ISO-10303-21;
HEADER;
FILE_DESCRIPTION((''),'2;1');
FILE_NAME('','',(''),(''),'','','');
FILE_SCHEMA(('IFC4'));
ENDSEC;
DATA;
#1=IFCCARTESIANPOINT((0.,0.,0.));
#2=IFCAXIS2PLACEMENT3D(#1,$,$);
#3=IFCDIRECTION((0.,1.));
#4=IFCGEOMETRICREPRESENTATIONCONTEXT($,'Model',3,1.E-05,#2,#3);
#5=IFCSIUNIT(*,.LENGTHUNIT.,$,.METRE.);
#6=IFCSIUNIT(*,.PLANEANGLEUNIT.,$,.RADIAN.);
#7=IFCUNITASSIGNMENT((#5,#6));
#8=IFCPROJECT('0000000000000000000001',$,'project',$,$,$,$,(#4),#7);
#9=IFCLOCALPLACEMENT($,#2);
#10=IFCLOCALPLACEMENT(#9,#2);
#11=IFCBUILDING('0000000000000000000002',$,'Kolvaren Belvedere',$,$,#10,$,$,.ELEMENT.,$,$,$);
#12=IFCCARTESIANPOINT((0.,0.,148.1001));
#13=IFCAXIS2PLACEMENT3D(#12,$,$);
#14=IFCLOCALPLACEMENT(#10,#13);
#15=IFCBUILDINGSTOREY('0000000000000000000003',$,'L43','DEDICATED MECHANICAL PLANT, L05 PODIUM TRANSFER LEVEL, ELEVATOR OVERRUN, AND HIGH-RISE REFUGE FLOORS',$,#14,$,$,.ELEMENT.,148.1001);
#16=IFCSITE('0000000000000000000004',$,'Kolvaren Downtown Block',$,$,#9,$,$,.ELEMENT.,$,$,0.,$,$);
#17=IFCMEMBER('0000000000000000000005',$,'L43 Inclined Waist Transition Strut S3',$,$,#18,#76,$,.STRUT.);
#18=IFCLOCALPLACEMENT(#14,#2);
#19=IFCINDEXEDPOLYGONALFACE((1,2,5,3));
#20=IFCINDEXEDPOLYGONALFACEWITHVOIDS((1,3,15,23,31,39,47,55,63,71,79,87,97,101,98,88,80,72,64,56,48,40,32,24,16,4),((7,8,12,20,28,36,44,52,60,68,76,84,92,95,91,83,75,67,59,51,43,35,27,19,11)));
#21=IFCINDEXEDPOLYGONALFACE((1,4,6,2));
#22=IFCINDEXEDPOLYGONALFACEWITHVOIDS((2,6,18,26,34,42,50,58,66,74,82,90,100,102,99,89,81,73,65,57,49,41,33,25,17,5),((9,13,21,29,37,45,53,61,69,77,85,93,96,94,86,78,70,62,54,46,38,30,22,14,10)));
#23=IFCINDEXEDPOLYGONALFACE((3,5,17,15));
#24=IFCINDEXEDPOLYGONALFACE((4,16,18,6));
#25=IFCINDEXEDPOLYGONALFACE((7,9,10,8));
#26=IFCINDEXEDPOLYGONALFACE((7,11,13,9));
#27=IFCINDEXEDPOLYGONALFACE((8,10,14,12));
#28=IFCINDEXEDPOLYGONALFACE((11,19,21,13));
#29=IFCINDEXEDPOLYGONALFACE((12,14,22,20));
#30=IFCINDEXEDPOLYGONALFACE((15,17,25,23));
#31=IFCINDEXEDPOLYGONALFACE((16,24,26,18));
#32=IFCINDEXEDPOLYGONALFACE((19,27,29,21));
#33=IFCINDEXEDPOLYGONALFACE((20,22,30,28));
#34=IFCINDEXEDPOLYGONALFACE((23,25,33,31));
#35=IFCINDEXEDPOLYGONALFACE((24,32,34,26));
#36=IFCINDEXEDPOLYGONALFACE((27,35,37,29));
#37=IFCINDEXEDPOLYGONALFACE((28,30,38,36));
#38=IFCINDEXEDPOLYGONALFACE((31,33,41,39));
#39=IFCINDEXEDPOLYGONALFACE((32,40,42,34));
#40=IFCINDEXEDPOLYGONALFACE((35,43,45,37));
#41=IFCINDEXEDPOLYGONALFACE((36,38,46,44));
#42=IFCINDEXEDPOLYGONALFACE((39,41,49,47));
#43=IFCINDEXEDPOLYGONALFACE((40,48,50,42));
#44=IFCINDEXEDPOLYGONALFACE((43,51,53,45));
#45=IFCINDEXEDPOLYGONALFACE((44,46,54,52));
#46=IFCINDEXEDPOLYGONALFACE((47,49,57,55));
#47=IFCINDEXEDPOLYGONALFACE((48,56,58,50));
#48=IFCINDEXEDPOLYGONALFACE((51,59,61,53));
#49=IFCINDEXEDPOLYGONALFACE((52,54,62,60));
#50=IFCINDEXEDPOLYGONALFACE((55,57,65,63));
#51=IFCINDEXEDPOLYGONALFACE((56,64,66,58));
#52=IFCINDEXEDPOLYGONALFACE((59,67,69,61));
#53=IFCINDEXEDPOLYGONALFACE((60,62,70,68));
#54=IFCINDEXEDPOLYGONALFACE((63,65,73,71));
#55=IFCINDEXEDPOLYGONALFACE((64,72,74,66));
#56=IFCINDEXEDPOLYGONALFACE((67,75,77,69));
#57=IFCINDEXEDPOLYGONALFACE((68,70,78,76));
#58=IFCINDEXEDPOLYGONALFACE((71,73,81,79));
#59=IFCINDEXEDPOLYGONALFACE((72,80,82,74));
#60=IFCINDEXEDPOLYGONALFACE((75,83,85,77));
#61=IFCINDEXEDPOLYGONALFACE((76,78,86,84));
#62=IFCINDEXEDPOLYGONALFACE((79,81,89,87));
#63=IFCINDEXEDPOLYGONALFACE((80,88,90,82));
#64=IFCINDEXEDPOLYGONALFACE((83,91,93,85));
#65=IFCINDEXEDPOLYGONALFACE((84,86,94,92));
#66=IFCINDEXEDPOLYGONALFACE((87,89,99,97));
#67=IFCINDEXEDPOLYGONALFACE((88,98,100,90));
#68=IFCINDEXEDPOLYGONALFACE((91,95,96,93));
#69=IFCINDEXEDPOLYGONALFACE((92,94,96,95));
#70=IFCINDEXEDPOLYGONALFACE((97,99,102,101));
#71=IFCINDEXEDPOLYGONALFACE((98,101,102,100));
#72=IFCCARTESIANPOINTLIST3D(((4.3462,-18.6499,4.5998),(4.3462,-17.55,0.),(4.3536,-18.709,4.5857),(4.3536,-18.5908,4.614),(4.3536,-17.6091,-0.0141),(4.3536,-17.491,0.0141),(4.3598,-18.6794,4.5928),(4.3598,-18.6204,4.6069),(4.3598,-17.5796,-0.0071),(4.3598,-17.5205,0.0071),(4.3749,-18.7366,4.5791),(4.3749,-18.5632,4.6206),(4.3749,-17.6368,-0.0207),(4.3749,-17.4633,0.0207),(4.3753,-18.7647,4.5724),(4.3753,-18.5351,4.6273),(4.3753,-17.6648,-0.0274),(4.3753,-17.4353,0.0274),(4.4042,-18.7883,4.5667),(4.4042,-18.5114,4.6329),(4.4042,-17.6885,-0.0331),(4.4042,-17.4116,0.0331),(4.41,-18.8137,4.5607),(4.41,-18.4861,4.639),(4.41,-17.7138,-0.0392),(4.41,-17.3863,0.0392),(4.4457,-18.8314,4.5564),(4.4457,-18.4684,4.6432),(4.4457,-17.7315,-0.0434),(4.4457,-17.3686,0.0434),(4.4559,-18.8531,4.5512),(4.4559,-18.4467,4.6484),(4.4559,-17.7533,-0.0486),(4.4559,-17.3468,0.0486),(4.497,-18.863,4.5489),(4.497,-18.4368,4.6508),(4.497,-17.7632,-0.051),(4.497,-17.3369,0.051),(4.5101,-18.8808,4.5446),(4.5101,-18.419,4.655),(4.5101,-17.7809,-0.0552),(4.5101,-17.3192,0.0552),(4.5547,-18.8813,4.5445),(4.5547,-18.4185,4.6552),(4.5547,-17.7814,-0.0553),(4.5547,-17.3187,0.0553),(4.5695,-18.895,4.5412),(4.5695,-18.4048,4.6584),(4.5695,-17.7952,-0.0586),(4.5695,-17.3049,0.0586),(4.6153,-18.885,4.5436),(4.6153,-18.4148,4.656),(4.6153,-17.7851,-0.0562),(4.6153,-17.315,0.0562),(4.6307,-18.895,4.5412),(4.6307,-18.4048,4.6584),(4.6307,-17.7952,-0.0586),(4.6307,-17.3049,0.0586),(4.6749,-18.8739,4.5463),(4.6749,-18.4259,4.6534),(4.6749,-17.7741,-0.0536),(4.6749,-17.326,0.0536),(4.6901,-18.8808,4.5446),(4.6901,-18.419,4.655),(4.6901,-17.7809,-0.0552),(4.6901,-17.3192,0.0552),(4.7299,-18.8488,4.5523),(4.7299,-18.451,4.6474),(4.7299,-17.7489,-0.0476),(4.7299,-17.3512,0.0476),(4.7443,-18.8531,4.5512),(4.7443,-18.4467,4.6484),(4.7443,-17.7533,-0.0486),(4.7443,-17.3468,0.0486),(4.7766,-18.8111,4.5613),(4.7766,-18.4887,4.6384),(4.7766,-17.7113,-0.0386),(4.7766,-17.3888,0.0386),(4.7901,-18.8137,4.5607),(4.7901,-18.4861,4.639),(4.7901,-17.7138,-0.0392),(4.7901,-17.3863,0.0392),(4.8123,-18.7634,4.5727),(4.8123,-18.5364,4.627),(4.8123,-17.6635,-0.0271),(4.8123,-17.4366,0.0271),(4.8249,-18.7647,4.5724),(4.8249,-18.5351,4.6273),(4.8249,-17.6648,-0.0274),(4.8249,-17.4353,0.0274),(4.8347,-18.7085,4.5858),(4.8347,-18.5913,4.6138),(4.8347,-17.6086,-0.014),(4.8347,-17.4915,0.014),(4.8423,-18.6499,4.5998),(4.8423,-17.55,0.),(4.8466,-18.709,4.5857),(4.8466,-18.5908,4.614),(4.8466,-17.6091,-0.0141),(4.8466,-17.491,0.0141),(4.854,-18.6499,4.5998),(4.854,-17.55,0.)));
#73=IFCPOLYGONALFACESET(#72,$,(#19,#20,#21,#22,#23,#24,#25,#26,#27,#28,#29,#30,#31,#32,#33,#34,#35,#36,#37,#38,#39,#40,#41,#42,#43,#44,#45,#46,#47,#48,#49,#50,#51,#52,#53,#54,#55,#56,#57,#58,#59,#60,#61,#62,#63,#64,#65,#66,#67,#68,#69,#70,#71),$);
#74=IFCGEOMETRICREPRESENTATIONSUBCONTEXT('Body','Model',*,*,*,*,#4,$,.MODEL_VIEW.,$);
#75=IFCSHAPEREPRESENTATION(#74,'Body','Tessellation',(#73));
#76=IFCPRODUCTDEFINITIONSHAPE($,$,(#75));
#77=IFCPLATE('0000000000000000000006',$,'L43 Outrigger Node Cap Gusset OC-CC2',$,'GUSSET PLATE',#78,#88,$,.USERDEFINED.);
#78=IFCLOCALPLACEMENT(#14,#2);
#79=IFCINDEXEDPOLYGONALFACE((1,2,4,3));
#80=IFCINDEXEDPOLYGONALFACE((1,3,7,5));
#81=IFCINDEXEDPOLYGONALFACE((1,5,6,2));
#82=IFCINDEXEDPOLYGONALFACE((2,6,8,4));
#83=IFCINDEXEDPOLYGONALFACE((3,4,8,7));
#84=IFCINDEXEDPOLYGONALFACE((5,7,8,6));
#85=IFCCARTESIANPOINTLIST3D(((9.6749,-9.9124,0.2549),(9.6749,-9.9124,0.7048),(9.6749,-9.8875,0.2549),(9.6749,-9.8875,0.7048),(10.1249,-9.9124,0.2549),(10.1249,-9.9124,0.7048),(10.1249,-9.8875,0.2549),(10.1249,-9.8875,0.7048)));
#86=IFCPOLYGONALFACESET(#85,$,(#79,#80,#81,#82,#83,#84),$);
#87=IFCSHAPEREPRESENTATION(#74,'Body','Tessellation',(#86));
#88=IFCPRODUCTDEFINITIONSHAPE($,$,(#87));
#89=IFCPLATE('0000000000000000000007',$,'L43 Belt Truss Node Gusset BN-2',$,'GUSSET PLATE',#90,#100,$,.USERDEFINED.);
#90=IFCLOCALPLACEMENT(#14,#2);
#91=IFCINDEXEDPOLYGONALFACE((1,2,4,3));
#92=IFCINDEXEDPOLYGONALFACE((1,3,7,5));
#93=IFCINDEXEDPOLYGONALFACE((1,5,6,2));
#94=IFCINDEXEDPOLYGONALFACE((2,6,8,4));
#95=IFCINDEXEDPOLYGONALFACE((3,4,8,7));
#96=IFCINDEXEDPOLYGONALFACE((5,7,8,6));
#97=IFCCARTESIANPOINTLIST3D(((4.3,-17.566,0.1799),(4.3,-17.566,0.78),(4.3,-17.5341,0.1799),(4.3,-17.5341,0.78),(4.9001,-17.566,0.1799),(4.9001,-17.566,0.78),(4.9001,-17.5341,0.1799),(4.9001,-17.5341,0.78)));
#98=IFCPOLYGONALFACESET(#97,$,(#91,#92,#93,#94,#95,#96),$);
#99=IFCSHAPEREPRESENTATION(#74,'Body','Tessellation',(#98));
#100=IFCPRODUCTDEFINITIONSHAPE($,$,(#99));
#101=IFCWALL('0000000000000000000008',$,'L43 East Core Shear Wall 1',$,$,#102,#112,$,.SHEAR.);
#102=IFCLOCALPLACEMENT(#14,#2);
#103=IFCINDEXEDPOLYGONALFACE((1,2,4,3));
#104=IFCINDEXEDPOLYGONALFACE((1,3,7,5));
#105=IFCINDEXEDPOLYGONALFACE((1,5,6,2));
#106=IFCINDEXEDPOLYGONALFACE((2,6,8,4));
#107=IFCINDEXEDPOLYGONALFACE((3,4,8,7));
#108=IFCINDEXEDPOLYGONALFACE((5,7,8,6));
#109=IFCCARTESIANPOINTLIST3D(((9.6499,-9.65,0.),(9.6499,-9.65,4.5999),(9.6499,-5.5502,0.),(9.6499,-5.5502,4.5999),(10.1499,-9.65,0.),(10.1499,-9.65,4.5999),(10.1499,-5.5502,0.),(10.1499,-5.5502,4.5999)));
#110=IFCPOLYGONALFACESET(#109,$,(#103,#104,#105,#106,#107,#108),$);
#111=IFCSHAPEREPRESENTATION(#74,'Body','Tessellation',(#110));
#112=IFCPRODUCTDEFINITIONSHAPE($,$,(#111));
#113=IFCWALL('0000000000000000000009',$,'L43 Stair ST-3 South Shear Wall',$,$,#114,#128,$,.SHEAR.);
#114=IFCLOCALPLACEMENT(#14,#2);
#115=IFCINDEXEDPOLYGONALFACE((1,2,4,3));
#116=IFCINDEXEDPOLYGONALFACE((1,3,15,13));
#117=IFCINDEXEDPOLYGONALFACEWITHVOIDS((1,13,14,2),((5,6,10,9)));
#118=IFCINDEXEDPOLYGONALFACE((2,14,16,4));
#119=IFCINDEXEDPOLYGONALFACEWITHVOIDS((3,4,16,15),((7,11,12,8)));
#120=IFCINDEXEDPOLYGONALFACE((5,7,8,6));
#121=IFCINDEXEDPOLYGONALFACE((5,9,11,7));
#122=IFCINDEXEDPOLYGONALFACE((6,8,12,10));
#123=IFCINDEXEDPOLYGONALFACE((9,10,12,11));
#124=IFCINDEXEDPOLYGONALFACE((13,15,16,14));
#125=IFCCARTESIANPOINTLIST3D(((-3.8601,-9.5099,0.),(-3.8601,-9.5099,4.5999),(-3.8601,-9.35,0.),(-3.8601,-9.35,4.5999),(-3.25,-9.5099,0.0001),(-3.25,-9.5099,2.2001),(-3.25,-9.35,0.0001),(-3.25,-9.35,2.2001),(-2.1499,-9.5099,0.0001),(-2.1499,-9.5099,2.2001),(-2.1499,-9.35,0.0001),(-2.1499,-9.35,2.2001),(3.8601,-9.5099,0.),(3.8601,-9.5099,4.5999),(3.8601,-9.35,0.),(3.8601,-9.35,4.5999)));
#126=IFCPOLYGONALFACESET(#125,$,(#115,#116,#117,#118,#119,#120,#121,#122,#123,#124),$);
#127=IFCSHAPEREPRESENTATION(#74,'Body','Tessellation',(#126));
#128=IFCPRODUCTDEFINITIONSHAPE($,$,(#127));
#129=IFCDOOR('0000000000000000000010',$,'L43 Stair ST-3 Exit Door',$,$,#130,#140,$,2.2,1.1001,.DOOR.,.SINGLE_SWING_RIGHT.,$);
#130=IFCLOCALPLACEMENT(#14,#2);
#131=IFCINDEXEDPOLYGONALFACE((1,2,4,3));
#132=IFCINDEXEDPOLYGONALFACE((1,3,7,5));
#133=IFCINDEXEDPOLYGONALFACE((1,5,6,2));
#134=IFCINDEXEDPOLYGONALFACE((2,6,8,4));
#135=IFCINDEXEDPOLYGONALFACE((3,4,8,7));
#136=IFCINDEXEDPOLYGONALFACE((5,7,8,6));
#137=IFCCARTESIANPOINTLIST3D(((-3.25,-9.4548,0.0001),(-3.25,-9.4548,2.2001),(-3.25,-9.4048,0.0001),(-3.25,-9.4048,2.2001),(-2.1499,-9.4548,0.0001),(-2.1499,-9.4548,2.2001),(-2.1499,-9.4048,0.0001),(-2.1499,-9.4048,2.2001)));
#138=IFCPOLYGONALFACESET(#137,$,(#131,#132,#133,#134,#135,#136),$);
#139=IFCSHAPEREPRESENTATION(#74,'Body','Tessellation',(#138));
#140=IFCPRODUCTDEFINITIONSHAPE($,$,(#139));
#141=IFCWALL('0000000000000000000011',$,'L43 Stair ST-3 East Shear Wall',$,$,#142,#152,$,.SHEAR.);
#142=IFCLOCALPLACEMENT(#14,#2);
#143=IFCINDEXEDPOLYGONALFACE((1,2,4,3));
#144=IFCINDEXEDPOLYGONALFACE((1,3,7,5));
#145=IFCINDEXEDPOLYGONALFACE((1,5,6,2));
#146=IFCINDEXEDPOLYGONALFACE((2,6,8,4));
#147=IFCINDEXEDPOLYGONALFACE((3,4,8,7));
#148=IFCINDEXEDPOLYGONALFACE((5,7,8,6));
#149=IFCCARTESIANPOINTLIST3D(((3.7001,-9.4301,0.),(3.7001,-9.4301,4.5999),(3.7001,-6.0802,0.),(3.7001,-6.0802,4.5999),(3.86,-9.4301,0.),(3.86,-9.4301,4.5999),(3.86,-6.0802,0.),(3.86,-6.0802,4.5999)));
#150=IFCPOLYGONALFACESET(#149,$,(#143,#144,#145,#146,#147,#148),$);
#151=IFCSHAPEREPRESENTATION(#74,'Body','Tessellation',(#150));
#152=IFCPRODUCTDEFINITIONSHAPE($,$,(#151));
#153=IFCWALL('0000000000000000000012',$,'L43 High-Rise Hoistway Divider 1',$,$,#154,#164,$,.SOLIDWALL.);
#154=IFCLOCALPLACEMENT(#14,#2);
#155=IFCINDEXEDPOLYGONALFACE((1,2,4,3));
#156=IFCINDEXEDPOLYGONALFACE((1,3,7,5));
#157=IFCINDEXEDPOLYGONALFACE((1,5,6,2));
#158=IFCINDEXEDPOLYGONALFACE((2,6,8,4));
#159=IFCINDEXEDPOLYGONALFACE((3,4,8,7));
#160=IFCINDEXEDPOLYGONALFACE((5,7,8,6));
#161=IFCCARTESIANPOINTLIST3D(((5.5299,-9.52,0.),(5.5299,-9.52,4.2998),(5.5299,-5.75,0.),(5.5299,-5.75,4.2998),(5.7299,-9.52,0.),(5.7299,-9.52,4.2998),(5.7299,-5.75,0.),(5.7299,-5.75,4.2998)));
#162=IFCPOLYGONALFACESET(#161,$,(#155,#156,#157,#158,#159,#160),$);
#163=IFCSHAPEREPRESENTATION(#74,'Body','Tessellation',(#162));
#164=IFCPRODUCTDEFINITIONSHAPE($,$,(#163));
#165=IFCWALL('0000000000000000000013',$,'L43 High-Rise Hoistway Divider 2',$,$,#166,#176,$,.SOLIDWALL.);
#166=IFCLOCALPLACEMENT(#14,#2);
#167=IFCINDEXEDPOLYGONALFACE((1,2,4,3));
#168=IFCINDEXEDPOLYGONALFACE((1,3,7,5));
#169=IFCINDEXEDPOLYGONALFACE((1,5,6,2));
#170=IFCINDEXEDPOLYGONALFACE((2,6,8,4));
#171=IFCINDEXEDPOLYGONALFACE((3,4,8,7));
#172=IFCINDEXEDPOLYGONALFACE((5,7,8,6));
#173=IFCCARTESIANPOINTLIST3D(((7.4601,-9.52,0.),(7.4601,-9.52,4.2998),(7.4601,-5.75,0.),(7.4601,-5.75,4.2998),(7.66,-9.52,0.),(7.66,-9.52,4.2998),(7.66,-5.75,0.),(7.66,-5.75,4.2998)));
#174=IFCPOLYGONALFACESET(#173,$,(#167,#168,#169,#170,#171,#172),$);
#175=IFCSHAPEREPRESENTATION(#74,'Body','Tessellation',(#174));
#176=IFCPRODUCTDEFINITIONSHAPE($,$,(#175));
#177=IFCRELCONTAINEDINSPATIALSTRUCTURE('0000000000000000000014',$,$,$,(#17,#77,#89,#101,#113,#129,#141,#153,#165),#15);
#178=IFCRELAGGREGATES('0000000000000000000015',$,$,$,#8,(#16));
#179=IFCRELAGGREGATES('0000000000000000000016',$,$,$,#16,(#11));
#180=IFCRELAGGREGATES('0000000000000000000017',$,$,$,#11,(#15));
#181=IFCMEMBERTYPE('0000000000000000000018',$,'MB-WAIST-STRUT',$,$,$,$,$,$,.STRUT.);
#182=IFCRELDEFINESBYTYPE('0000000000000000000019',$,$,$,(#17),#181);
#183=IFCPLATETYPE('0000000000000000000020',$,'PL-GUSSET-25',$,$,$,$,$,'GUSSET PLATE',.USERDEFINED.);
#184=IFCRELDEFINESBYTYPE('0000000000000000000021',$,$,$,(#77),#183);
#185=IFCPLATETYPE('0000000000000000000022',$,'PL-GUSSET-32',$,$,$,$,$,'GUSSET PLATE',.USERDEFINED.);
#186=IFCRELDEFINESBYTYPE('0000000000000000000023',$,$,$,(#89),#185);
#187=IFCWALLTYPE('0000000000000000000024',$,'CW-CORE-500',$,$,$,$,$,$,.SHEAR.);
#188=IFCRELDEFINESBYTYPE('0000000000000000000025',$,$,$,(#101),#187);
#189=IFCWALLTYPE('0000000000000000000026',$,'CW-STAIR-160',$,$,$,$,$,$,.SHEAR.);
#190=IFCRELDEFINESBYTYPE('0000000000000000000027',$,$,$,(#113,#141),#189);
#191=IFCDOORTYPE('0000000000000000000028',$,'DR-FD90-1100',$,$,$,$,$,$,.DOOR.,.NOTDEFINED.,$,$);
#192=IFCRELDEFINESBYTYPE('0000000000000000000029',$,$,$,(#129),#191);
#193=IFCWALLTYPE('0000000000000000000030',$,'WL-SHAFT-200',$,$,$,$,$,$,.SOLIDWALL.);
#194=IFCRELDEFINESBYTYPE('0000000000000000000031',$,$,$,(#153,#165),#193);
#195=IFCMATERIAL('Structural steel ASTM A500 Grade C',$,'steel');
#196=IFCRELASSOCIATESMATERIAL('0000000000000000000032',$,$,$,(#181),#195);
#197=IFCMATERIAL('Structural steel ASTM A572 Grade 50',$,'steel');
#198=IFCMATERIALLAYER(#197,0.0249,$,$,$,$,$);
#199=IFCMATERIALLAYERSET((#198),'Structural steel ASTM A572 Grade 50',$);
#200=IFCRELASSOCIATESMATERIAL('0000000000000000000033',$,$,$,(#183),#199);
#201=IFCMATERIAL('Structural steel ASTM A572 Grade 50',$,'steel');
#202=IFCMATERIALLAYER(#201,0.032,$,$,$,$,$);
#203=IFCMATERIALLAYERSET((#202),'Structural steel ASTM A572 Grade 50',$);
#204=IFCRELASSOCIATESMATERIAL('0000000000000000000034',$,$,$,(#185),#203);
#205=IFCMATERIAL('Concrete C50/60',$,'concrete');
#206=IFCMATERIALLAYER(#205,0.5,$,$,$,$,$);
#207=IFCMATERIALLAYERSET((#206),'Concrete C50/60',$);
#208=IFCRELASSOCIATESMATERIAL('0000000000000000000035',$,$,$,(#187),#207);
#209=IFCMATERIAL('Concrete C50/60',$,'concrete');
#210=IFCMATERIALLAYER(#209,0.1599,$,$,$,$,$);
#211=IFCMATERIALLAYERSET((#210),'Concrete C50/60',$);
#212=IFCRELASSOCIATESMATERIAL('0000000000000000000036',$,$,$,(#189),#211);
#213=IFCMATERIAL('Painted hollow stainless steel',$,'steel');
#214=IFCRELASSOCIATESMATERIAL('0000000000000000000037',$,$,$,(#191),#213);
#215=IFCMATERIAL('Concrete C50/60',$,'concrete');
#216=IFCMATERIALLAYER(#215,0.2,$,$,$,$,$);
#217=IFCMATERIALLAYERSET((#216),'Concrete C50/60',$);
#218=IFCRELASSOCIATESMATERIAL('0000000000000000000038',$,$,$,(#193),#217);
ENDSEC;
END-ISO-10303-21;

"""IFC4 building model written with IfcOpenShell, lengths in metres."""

from ifc_helpers import new_model, si_unit, direction, frame, frame_2d, origin, origin_2d, place, context, subcontext, project, spatial, rectangle, hollow_circle, extrude, material, layer, layer_set, material_profile, profile_set, type_object, element, fill, save


model = new_model("IFC4")

# Units and contexts
model_context = context("Model", 3, precision=1e-05, world=origin(), true_north=direction((0.0, 1.0)))
body_context = subcontext(model_context, "Body", "Model", "MODEL_VIEW")
ifc_project = project(units=[si_unit("LENGTHUNIT", "METRE"), si_unit("PLANEANGLEUNIT", "RADIAN")], contexts=[model_context])

# Site, building, storey
site_placement = place(None, origin())
site = spatial("IfcSite", under=ifc_project, at=site_placement, Name="Kolvaren Downtown Block", CompositionType="ELEMENT", RefElevation=0.0)
building_placement = place(site_placement, origin())
building = spatial("IfcBuilding", under=site, at=building_placement, Name="Kolvaren Belvedere", CompositionType="ELEMENT")
storey_placement = place(building_placement, frame((0.0, 0.0, 148.1001)))
storey = spatial("IfcBuildingStorey", under=building, at=storey_placement, Name="L43", Description="DEDICATED MECHANICAL PLANT, L05 PODIUM TRANSFER LEVEL, ELEVATOR OVERRUN, AND HIGH-RISE REFUGE FLOORS", CompositionType="ELEMENT", Elevation=148.1001)

# Member
ifc_material_1 = material(Name="Structural steel ASTM A500 Grade C", Category="steel")
ifc_material_profile_1 = material_profile(ifc_material_1, hollow_circle(Radius=0.2539, WallThickness=0.0117, at=origin_2d()), Name="HSS20.000X0.500")
ifc_profile_set_1 = profile_set([ifc_material_profile_1], Name="Structural steel ASTM A500 Grade C")
member_type_1 = type_object("IfcMemberType", Name="MB-WAIST-STRUT", PredefinedType="STRUT", material=ifc_profile_set_1)
member_1_placement = place(storey_placement, frame((4.6001, -17.55, 0.0), z_axis=(0.0, -0.232551, 0.972584), x_axis=(1.0, 0.0, 0.0)))
element("IfcMember", 1, at=member_1_placement, inside=storey, type_object=member_type_1, Name="L43 Inclined Waist Transition Strut S3", PredefinedType="STRUT", context=body_context, shape_type="SweptSolid", body=[
    extrude(hollow_circle(Radius=0.2539, WallThickness=0.0117, at=origin_2d()), origin(), (0.0, 0.0, 1.0), 4.7295),
])

# Plates
ifc_material_2 = material(Name="Structural steel ASTM A572 Grade 50", Category="steel")
ifc_layer_1 = layer(ifc_material_2, 0.0249)
ifc_layer_set_1 = layer_set([ifc_layer_1], Name="Structural steel ASTM A572 Grade 50")
plate_type_1 = type_object("IfcPlateType", Name="PL-GUSSET-25", ElementType="GUSSET PLATE", PredefinedType="USERDEFINED", material=ifc_layer_set_1)
plate_1_placement = place(storey_placement, frame((9.8999, -9.8999, 0.2549), z_axis=(0.0, 0.0, 1.0), x_axis=(1.0, 0.0, 0.0)))
element("IfcPlate", 2, at=plate_1_placement, inside=storey, type_object=plate_type_1, Name="L43 Outrigger Node Cap Gusset OC-CC2", ObjectType="GUSSET PLATE", PredefinedType="USERDEFINED", context=body_context, shape_type="SweptSolid", body=[
    extrude(rectangle(XDim=0.45, YDim=0.0249, at=origin_2d()), origin(), (0.0, 0.0, 1.0), 0.45),
])
ifc_material_3 = material(Name="Structural steel ASTM A572 Grade 50", Category="steel")
ifc_layer_2 = layer(ifc_material_3, 0.032)
ifc_layer_set_2 = layer_set([ifc_layer_2], Name="Structural steel ASTM A572 Grade 50")
plate_type_2 = type_object("IfcPlateType", Name="PL-GUSSET-32", ElementType="GUSSET PLATE", PredefinedType="USERDEFINED", material=ifc_layer_set_2)
plate_2_placement = place(storey_placement, frame((4.6001, -17.55, 0.1799), z_axis=(0.0, 0.0, 1.0), x_axis=(1.0, 0.0, 0.0)))
element("IfcPlate", 3, at=plate_2_placement, inside=storey, type_object=plate_type_2, Name="L43 Belt Truss Node Gusset BN-2", ObjectType="GUSSET PLATE", PredefinedType="USERDEFINED", context=body_context, shape_type="SweptSolid", body=[
    extrude(rectangle(XDim=0.6001, YDim=0.032, at=origin_2d()), origin(), (0.0, 0.0, 1.0), 0.6001),
])

# Wall
ifc_material_4 = material(Name="Concrete C50/60", Category="concrete")
ifc_layer_3 = layer(ifc_material_4, 0.5)
ifc_layer_set_3 = layer_set([ifc_layer_3], Name="Concrete C50/60")
wall_type_1 = type_object("IfcWallType", Name="CW-CORE-500", PredefinedType="SHEAR", material=ifc_layer_set_3)
wall_1_placement = place(storey_placement, frame((9.8999, -9.6499, 0.0), z_axis=(0.0, 0.0, 1.0), x_axis=(0.0, 1.0, 0.0)))
element("IfcWall", 4, at=wall_1_placement, inside=storey, type_object=wall_type_1, Name="L43 East Core Shear Wall 1", PredefinedType="SHEAR", context=body_context, shape_type="SweptSolid", body=[
    extrude(rectangle(XDim=4.0999, YDim=0.5, at=frame_2d((2.0498, 0.0))), origin(), (0.0, 0.0, 1.0), 4.5999),
])

# Wall, opening, door
ifc_material_5 = material(Name="Concrete C50/60", Category="concrete")
ifc_layer_4 = layer(ifc_material_5, 0.1599)
ifc_layer_set_4 = layer_set([ifc_layer_4], Name="Concrete C50/60")
wall_type_2 = type_object("IfcWallType", Name="CW-STAIR-160", PredefinedType="SHEAR", material=ifc_layer_set_4)
wall_2_placement = place(storey_placement, frame((3.8601, -9.4299, 0.0), z_axis=(0.0, 0.0, 1.0), x_axis=(-1.0, 0.0, 0.0)))
wall_2 = element("IfcWall", 5, at=wall_2_placement, inside=storey, type_object=wall_type_2, Name="L43 Stair ST-3 South Shear Wall", PredefinedType="SHEAR", context=body_context, shape_type="SweptSolid", body=[
    extrude(rectangle(XDim=7.7202, YDim=0.1599, at=frame_2d((3.8601, 0.0))), origin(), (0.0, 0.0, 1.0), 4.5999),
])
opening_placement = place(wall_2_placement, frame((6.01, 0.0, 0.0)))
opening = element("IfcOpeningElement", 6, at=opening_placement, cuts=wall_2, PredefinedType="OPENING", context=body_context, shape_type="SweptSolid", body=[
    extrude(rectangle(XDim=1.1001, YDim=2.2, at=frame_2d((0.55, 1.1001))), frame((0.0, 0.0898, 0.0), z_axis=(0.0, -1.0, 0.0), x_axis=(1.0, 0.0, 0.0)), (0.0, 0.0, 1.0), 0.1799),
])
ifc_material_6 = material(Name="Painted hollow stainless steel", Category="steel")
door_type = type_object("IfcDoorType", Name="DR-FD90-1100", OperationType="NOTDEFINED", PredefinedType="DOOR", material=ifc_material_6)
door_placement = place(opening_placement, origin())
door = element("IfcDoor", 7, at=door_placement, inside=storey, type_object=door_type, Name="L43 Stair ST-3 Exit Door", OperationType="SINGLE_SWING_RIGHT", OverallHeight=2.2, OverallWidth=1.1001, PredefinedType="DOOR", context=body_context, shape_type="SweptSolid", body=[
    extrude(rectangle(XDim=1.1001, YDim=2.2, at=frame_2d((0.55, 1.1001))), frame((0.0, 0.0249, 0.0), z_axis=(0.0, -1.0, 0.0), x_axis=(1.0, 0.0, 0.0)), (0.0, 0.0, 1.0), 0.05),
])
fill(opening, door)

# Walls
wall_3_placement = place(storey_placement, frame((3.78, -9.4299, 0.0), z_axis=(0.0, 0.0, 1.0), x_axis=(0.0, 1.0, 0.0)))
element("IfcWall", 8, at=wall_3_placement, inside=storey, type_object=wall_type_2, Name="L43 Stair ST-3 East Shear Wall", PredefinedType="SHEAR", context=body_context, shape_type="SweptSolid", body=[
    extrude(rectangle(XDim=3.3499, YDim=0.1599, at=frame_2d((1.6748, 0.0))), origin(), (0.0, 0.0, 1.0), 4.5999),
])
ifc_material_7 = material(Name="Concrete C50/60", Category="concrete")
ifc_layer_5 = layer(ifc_material_7, 0.2)
ifc_layer_set_5 = layer_set([ifc_layer_5], Name="Concrete C50/60")
wall_type_3 = type_object("IfcWallType", Name="WL-SHAFT-200", PredefinedType="SOLIDWALL", material=ifc_layer_set_5)
for number, where, z_axis, x_axis, name in (
    (9, (5.6299, -9.52, 0.0), (0.0, 0.0, 1.0), (0.0, 1.0, 0.0), "L43 High-Rise Hoistway Divider 1"),
    (10, (7.5601, -9.52, 0.0), (0.0, 0.0, 1.0), (0.0, 1.0, 0.0), "L43 High-Rise Hoistway Divider 2"),
):
    element("IfcWall", number, at=place(storey_placement, frame(where, z_axis=z_axis, x_axis=x_axis)), inside=storey, type_object=wall_type_3, Name=name, PredefinedType="SOLIDWALL", context=body_context, shape_type="SweptSolid", body=[
        extrude(rectangle(XDim=3.77, YDim=0.2, at=frame_2d((1.885, 0.0))), origin(), (0.0, 0.0, 1.0), 4.2998),
    ])

save(model, "model.ifc")
